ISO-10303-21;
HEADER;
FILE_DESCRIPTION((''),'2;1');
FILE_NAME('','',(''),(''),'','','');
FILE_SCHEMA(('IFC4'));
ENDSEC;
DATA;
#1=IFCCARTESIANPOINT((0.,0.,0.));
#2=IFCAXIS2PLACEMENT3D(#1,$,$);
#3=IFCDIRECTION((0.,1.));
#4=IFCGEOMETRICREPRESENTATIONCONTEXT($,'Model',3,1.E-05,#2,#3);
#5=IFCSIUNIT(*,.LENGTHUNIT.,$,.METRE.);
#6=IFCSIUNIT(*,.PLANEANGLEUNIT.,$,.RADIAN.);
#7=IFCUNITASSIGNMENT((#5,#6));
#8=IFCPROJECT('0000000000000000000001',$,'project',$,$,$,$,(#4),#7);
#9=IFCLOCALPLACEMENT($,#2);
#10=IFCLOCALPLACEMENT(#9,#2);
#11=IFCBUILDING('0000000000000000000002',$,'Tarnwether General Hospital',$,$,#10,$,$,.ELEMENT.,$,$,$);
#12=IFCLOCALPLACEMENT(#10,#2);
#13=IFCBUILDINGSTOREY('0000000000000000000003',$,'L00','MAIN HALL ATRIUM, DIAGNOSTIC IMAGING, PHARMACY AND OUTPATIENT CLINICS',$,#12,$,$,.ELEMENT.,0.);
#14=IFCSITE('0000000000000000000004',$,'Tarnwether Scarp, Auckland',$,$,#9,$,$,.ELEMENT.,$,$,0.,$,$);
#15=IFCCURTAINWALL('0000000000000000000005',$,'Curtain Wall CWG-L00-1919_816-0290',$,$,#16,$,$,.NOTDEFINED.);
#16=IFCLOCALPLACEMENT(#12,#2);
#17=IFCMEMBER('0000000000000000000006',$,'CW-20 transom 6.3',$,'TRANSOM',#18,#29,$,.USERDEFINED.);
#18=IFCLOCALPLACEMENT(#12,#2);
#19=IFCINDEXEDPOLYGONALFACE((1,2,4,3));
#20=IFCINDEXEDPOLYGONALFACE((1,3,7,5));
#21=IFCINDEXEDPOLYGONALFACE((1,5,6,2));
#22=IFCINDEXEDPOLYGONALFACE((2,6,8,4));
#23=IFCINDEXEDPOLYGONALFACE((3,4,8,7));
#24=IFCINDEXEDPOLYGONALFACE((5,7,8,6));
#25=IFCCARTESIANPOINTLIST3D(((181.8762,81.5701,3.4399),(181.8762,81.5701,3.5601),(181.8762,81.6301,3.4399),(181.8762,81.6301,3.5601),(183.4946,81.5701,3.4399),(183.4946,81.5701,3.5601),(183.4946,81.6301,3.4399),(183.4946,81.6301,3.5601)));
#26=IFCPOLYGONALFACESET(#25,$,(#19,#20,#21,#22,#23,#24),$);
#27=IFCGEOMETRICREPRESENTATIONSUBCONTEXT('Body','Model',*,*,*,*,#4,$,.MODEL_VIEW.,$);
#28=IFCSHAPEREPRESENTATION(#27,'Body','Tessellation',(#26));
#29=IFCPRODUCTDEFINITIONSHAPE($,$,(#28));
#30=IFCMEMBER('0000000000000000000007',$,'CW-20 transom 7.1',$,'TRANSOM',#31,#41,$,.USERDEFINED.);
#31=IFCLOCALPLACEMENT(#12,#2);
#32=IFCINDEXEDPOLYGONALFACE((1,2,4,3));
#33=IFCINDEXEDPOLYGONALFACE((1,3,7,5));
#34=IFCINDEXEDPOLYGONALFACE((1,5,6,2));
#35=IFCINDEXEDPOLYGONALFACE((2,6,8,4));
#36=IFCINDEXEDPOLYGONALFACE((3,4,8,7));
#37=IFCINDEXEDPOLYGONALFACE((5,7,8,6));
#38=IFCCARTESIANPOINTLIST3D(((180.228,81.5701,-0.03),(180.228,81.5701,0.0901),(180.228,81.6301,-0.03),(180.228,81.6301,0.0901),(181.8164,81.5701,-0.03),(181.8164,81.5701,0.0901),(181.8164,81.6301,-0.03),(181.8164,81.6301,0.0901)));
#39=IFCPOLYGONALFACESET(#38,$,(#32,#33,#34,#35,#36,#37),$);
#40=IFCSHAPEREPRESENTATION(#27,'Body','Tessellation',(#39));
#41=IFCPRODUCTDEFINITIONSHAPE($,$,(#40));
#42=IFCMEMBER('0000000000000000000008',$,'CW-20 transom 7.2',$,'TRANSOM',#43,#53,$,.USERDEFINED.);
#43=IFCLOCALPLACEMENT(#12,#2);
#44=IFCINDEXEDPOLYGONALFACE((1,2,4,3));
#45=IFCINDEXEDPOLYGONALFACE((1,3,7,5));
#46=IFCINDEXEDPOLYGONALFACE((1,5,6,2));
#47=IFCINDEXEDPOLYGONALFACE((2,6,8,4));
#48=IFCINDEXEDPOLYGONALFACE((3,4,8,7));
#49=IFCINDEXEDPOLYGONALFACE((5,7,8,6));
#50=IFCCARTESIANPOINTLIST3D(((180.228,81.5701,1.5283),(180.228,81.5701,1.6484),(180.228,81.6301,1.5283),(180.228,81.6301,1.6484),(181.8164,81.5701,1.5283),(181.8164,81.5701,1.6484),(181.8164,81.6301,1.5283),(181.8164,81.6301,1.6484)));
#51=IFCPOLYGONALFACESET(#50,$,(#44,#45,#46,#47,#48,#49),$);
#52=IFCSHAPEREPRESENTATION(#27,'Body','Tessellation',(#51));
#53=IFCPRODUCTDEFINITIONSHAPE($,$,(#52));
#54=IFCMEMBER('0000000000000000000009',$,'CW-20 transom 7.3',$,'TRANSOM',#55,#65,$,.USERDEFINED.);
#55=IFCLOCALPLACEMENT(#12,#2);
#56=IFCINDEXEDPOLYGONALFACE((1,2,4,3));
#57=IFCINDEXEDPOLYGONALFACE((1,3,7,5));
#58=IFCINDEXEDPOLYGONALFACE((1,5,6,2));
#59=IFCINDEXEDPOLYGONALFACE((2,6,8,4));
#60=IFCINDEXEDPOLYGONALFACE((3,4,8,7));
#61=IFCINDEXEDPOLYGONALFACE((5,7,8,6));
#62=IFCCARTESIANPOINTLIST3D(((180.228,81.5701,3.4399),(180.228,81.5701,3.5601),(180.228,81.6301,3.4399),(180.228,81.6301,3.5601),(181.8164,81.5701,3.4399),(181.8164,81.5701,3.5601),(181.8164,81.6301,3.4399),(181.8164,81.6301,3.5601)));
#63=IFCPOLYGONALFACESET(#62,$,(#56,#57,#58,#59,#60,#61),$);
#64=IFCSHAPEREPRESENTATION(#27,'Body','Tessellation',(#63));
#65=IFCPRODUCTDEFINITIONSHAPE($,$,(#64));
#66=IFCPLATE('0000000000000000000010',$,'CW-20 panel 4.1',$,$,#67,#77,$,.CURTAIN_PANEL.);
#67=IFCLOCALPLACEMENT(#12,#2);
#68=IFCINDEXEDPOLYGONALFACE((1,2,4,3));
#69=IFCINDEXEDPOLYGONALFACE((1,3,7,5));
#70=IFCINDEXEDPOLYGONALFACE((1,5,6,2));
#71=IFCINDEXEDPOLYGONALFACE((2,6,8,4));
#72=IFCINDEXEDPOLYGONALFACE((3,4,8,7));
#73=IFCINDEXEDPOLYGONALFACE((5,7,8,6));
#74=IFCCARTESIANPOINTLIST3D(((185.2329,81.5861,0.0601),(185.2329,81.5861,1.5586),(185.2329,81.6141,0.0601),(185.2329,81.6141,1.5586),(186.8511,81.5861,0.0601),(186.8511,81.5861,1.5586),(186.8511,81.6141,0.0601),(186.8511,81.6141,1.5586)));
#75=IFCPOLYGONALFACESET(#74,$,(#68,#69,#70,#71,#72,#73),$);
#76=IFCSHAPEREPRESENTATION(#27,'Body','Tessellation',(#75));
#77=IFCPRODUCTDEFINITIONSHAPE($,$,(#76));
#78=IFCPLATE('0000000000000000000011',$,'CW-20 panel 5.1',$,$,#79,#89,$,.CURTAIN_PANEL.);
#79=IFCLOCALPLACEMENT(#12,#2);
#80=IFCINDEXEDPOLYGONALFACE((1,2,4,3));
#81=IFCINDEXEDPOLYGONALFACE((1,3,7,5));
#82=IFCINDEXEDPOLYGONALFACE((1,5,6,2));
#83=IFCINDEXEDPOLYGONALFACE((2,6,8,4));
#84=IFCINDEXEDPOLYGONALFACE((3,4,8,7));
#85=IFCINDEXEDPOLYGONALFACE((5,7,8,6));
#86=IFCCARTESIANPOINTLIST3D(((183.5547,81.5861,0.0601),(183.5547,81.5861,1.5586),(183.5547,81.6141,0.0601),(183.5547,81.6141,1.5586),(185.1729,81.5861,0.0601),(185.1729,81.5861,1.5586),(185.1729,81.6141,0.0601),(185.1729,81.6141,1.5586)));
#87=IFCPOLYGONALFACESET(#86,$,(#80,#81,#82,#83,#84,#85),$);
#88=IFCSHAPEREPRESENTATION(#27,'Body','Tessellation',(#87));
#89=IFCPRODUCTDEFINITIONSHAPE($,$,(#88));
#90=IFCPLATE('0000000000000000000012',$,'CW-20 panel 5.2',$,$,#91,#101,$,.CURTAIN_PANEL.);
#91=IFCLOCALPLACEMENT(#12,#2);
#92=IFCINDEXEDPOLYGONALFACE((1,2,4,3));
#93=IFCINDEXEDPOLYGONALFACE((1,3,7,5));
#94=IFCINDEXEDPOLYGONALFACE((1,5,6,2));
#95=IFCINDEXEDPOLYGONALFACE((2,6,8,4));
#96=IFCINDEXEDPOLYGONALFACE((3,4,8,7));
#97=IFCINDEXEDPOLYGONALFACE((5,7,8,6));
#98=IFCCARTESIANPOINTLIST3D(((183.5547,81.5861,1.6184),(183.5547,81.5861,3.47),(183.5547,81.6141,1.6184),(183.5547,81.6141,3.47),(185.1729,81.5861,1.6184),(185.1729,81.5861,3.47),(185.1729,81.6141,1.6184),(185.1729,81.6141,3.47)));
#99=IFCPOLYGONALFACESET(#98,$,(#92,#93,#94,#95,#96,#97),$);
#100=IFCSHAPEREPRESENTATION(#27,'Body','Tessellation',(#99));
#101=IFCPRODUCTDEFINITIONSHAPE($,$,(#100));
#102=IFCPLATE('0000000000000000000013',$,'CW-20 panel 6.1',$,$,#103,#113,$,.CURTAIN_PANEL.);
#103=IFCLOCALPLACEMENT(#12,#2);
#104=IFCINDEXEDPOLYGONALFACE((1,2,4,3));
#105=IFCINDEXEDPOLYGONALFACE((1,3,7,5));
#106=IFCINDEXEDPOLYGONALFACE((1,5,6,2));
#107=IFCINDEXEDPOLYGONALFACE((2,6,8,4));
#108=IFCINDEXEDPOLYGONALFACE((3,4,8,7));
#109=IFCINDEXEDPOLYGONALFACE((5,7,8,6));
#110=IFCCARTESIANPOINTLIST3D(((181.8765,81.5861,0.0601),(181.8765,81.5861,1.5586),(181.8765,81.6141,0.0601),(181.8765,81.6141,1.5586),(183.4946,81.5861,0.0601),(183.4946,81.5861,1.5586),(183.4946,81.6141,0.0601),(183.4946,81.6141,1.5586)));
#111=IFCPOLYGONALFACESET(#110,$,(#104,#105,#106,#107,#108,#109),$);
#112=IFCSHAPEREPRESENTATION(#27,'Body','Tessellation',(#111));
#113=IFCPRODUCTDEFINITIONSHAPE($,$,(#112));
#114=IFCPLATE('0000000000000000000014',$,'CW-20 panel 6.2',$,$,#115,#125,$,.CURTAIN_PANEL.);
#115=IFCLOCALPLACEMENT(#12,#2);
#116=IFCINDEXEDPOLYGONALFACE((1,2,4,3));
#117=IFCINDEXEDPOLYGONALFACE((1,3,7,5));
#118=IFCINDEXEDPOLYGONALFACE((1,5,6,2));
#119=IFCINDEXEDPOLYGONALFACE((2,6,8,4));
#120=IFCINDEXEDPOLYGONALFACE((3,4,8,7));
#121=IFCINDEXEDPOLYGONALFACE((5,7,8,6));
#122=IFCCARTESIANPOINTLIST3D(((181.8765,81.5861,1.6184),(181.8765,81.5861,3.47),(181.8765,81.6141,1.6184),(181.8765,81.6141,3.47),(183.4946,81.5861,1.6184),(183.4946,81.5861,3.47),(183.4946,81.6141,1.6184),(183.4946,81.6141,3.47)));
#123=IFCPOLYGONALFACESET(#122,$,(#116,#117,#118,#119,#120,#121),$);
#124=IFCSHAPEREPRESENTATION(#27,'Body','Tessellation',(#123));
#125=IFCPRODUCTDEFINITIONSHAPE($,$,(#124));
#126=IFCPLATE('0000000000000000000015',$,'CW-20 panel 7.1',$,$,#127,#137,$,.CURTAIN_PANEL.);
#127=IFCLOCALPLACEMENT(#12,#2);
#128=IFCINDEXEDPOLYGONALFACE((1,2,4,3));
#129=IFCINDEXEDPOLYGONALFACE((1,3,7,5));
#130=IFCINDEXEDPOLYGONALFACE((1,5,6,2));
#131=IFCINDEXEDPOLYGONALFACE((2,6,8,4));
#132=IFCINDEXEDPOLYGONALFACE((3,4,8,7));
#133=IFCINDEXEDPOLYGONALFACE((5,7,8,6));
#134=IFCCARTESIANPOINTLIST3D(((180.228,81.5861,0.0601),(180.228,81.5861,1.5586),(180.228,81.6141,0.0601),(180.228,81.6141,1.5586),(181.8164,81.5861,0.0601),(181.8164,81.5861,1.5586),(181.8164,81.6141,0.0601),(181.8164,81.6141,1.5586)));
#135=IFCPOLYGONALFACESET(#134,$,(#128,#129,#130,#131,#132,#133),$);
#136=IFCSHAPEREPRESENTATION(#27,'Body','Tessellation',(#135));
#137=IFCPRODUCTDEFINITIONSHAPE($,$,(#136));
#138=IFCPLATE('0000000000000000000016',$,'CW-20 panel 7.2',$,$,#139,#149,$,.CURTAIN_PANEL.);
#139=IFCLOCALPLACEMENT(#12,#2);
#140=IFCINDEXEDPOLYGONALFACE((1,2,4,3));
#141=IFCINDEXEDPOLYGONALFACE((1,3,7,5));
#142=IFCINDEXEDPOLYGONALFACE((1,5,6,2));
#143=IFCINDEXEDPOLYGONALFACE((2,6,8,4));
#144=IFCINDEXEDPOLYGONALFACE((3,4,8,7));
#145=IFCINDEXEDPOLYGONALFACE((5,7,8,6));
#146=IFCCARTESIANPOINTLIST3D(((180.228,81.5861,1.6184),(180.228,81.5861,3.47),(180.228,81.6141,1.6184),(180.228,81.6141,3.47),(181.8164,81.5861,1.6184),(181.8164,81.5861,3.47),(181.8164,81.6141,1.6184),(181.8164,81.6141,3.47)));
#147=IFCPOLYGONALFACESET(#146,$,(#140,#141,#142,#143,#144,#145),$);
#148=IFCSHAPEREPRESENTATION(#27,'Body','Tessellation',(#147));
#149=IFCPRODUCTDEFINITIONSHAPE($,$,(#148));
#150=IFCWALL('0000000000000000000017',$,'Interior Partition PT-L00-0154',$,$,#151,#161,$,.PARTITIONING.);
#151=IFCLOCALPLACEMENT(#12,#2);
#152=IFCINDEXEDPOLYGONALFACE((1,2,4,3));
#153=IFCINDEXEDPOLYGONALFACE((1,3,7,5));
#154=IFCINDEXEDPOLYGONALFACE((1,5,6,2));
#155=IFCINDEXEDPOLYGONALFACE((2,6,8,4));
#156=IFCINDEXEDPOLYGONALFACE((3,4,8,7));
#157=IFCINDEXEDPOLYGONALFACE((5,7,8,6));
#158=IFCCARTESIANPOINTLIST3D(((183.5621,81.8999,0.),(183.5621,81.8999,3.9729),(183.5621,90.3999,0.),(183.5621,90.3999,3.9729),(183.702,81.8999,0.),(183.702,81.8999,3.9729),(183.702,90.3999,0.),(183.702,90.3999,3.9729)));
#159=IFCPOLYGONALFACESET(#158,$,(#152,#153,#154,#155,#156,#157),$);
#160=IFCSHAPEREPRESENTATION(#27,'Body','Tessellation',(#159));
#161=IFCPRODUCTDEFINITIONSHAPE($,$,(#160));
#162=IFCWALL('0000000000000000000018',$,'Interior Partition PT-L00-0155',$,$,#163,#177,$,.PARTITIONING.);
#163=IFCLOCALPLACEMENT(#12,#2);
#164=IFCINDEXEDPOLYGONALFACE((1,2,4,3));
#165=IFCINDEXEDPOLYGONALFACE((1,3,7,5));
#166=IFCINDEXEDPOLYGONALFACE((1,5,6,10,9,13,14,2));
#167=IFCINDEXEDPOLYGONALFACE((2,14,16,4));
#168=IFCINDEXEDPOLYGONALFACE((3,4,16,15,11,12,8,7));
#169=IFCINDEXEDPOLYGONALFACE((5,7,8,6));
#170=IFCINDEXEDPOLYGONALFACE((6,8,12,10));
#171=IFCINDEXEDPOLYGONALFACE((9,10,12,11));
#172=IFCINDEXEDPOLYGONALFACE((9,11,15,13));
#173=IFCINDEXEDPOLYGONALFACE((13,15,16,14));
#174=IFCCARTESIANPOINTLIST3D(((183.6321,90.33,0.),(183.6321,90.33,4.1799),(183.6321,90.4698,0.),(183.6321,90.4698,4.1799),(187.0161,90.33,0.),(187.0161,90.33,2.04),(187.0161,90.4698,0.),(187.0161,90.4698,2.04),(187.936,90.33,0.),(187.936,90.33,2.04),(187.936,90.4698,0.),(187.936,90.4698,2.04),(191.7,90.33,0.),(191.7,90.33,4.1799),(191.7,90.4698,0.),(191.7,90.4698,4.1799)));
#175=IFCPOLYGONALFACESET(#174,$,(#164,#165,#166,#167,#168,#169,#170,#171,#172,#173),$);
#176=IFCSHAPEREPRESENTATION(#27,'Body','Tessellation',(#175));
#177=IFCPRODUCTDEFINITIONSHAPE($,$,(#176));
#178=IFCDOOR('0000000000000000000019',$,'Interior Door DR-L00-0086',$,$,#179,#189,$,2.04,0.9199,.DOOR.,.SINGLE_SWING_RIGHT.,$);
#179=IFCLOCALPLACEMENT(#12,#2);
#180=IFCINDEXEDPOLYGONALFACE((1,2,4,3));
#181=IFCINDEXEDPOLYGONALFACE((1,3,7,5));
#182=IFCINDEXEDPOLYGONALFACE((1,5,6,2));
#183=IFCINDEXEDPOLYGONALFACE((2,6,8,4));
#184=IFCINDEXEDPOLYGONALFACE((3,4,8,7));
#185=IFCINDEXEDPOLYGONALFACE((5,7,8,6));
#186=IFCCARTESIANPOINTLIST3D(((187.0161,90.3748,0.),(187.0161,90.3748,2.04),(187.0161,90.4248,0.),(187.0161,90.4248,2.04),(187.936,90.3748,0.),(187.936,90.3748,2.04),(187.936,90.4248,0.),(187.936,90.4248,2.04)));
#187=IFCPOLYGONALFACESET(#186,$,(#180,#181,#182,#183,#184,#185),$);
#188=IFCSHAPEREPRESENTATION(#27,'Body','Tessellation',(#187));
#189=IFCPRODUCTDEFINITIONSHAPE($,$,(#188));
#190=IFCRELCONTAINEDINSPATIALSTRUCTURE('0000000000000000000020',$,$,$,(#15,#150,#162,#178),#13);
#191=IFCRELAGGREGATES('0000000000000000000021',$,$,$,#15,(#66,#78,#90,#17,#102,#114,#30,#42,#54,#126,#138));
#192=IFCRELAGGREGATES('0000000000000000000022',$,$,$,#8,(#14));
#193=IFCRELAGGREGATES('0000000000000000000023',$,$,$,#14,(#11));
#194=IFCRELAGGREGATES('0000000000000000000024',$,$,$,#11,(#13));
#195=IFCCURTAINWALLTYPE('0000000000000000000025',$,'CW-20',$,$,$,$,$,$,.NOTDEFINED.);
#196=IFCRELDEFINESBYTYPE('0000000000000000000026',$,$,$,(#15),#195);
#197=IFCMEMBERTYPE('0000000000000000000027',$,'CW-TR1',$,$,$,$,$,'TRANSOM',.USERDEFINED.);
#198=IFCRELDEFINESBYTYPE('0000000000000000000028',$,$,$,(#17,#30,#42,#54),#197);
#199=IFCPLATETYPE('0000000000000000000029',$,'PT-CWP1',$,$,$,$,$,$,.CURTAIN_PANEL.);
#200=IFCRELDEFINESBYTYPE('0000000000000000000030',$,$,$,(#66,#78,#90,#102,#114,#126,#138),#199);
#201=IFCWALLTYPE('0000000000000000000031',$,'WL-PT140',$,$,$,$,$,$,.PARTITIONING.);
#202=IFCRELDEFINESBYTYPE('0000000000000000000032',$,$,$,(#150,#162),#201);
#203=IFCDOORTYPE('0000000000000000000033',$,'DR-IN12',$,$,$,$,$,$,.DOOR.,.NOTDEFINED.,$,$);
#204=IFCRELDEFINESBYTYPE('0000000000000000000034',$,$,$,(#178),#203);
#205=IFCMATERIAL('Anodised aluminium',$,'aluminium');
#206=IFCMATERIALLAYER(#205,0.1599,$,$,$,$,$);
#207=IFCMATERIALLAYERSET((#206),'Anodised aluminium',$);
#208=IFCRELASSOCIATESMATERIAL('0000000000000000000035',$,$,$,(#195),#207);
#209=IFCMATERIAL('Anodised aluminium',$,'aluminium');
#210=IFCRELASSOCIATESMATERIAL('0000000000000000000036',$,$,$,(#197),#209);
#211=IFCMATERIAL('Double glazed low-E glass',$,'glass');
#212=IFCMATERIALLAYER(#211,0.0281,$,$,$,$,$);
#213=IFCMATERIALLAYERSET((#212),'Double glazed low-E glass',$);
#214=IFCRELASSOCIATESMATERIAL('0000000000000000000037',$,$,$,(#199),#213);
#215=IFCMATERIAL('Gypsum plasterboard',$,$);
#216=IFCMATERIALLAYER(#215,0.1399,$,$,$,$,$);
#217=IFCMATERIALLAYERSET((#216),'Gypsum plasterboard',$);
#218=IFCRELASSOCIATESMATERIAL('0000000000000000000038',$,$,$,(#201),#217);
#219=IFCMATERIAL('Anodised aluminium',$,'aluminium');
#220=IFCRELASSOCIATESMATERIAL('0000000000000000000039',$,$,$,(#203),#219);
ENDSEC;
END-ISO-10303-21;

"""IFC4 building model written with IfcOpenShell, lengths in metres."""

from ifc_helpers import new_model, si_unit, direction, frame, frame_2d, origin, origin_2d, place, context, subcontext, project, spatial, rectangle, extrude, material, layer, layer_set, material_profile, profile_set, type_object, element, fill, aggregate, save


model = new_model("IFC4")

# Units and contexts
model_context = context("Model", 3, precision=1e-05, world=origin(), true_north=direction((0.0, 1.0)))
body_context = subcontext(model_context, "Body", "Model", "MODEL_VIEW")
ifc_project = project(units=[si_unit("LENGTHUNIT", "METRE"), si_unit("PLANEANGLEUNIT", "RADIAN")], contexts=[model_context])

# Site, building, storey
site_placement = place(None, origin())
site = spatial("IfcSite", under=ifc_project, at=site_placement, Name="Tarnwether Scarp, Auckland", CompositionType="ELEMENT", RefElevation=0.0)
building_placement = place(site_placement, origin())
building = spatial("IfcBuilding", under=site, at=building_placement, Name="Tarnwether General Hospital", CompositionType="ELEMENT")
storey_placement = place(building_placement, origin())
storey = spatial("IfcBuildingStorey", under=building, at=storey_placement, Name="L00", Description="MAIN HALL ATRIUM, DIAGNOSTIC IMAGING, PHARMACY AND OUTPATIENT CLINICS", CompositionType="ELEMENT", Elevation=0.0)

# Curtain wall, members, plates
ifc_material_1 = material(Name="Anodised aluminium", Category="aluminium")
ifc_layer_1 = layer(ifc_material_1, 0.1599)
ifc_layer_set_1 = layer_set([ifc_layer_1], Name="Anodised aluminium")
curtain_wall_type = type_object("IfcCurtainWallType", Name="CW-20", PredefinedType="NOTDEFINED", material=ifc_layer_set_1)
curtain_wall_placement = place(storey_placement, origin())
curtain_wall = element("IfcCurtainWall", 1, at=curtain_wall_placement, inside=storey, type_object=curtain_wall_type, Name="Curtain Wall CWG-L00-1919_816-0290", PredefinedType="NOTDEFINED")
ifc_material_2 = material(Name="Anodised aluminium", Category="aluminium")
ifc_material_profile_1 = material_profile(ifc_material_2, rectangle(XDim=0.0601, YDim=0.1201, at=origin_2d()), Name="ALU-TRN-60x120")
ifc_profile_set_1 = profile_set([ifc_material_profile_1], Name="Anodised aluminium")
member_type_1 = type_object("IfcMemberType", Name="CW-TR1", ElementType="TRANSOM", PredefinedType="USERDEFINED", material=ifc_profile_set_1)
member_1_placement = place(storey_placement, frame((183.4946, 81.6001, 3.5), z_axis=(-1.0, 0.0, 0.0), x_axis=(0.0, -1.0, 0.0)))
member_1 = element("IfcMember", 2, at=member_1_placement, type_object=member_type_1, Name="CW-20 transom 6.3", ObjectType="TRANSOM", PredefinedType="USERDEFINED", context=body_context, shape_type="SweptSolid", body=[
    extrude(rectangle(XDim=0.0601, YDim=0.1201, at=origin_2d()), origin(), (0.0, 0.0, 1.0), 1.6184),
])
member_2_placement = place(storey_placement, frame((181.8164, 81.6001, 0.03), z_axis=(-1.0, 0.0, 0.0), x_axis=(0.0, -1.0, 0.0)))
member_2 = element("IfcMember", 3, at=member_2_placement, type_object=member_type_1, Name="CW-20 transom 7.1", ObjectType="TRANSOM", PredefinedType="USERDEFINED", context=body_context, shape_type="SweptSolid", body=[
    extrude(rectangle(XDim=0.0601, YDim=0.1201, at=origin_2d()), origin(), (0.0, 0.0, 1.0), 1.5884),
])
member_3_placement = place(storey_placement, frame((181.8164, 81.6001, 1.5884), z_axis=(-1.0, 0.0, 0.0), x_axis=(0.0, -1.0, 0.0)))
member_3 = element("IfcMember", 4, at=member_3_placement, type_object=member_type_1, Name="CW-20 transom 7.2", ObjectType="TRANSOM", PredefinedType="USERDEFINED", context=body_context, shape_type="SweptSolid", body=[
    extrude(rectangle(XDim=0.0601, YDim=0.1201, at=origin_2d()), origin(), (0.0, 0.0, 1.0), 1.5884),
])
member_4_placement = place(storey_placement, frame((181.8164, 81.6001, 3.5), z_axis=(-1.0, 0.0, 0.0), x_axis=(0.0, -1.0, 0.0)))
member_4 = element("IfcMember", 5, at=member_4_placement, type_object=member_type_1, Name="CW-20 transom 7.3", ObjectType="TRANSOM", PredefinedType="USERDEFINED", context=body_context, shape_type="SweptSolid", body=[
    extrude(rectangle(XDim=0.0601, YDim=0.1201, at=origin_2d()), origin(), (0.0, 0.0, 1.0), 1.5884),
])
ifc_material_3 = material(Name="Double glazed low-E glass", Category="glass")
ifc_layer_2 = layer(ifc_material_3, 0.0281)
ifc_layer_set_2 = layer_set([ifc_layer_2], Name="Double glazed low-E glass")
plate_type = type_object("IfcPlateType", Name="PT-CWP1", PredefinedType="CURTAIN_PANEL", material=ifc_layer_set_2)
plate_1_placement = place(storey_placement, frame((186.042, 81.6001, 0.0601), z_axis=(0.0, 0.0, 1.0), x_axis=(-1.0, 0.0, 0.0)))
plate_1 = element("IfcPlate", 6, at=plate_1_placement, type_object=plate_type, Name="CW-20 panel 4.1", PredefinedType="CURTAIN_PANEL", context=body_context, shape_type="SweptSolid", body=[
    extrude(rectangle(XDim=1.6182, YDim=0.0281, at=origin_2d()), origin(), (0.0, 0.0, 1.0), 1.4985),
])
plate_2_placement = place(storey_placement, frame((184.3638, 81.6001, 0.0601), z_axis=(0.0, 0.0, 1.0), x_axis=(-1.0, 0.0, 0.0)))
plate_2 = element("IfcPlate", 7, at=plate_2_placement, type_object=plate_type, Name="CW-20 panel 5.1", PredefinedType="CURTAIN_PANEL", context=body_context, shape_type="SweptSolid", body=[
    extrude(rectangle(XDim=1.6182, YDim=0.0281, at=origin_2d()), origin(), (0.0, 0.0, 1.0), 1.4985),
])
plate_3_placement = place(storey_placement, frame((184.3638, 81.6001, 1.6184), z_axis=(0.0, 0.0, 1.0), x_axis=(-1.0, 0.0, 0.0)))
plate_3 = element("IfcPlate", 8, at=plate_3_placement, type_object=plate_type, Name="CW-20 panel 5.2", PredefinedType="CURTAIN_PANEL", context=body_context, shape_type="SweptSolid", body=[
    extrude(rectangle(XDim=1.6182, YDim=0.0281, at=origin_2d()), origin(), (0.0, 0.0, 1.0), 1.8516),
])
plate_4_placement = place(storey_placement, frame((182.6855, 81.6001, 0.0601), z_axis=(0.0, 0.0, 1.0), x_axis=(-1.0, 0.0, 0.0)))
plate_4 = element("IfcPlate", 9, at=plate_4_placement, type_object=plate_type, Name="CW-20 panel 6.1", PredefinedType="CURTAIN_PANEL", context=body_context, shape_type="SweptSolid", body=[
    extrude(rectangle(XDim=1.6182, YDim=0.0281, at=origin_2d()), origin(), (0.0, 0.0, 1.0), 1.4985),
])
plate_5_placement = place(storey_placement, frame((182.6855, 81.6001, 1.6184), z_axis=(0.0, 0.0, 1.0), x_axis=(-1.0, 0.0, 0.0)))
plate_5 = element("IfcPlate", 10, at=plate_5_placement, type_object=plate_type, Name="CW-20 panel 6.2", PredefinedType="CURTAIN_PANEL", context=body_context, shape_type="SweptSolid", body=[
    extrude(rectangle(XDim=1.6182, YDim=0.0281, at=origin_2d()), origin(), (0.0, 0.0, 1.0), 1.8516),
])
plate_6_placement = place(storey_placement, frame((181.0222, 81.6001, 0.0601), z_axis=(0.0, 0.0, 1.0), x_axis=(-1.0, 0.0, 0.0)))
plate_6 = element("IfcPlate", 11, at=plate_6_placement, type_object=plate_type, Name="CW-20 panel 7.1", PredefinedType="CURTAIN_PANEL", context=body_context, shape_type="SweptSolid", body=[
    extrude(rectangle(XDim=1.5884, YDim=0.0281, at=origin_2d()), origin(), (0.0, 0.0, 1.0), 1.4985),
])
plate_7_placement = place(storey_placement, frame((181.0222, 81.6001, 1.6184), z_axis=(0.0, 0.0, 1.0), x_axis=(-1.0, 0.0, 0.0)))
plate_7 = element("IfcPlate", 12, at=plate_7_placement, type_object=plate_type, Name="CW-20 panel 7.2", PredefinedType="CURTAIN_PANEL", context=body_context, shape_type="SweptSolid", body=[
    extrude(rectangle(XDim=1.5884, YDim=0.0281, at=origin_2d()), origin(), (0.0, 0.0, 1.0), 1.8516),
])
aggregate(curtain_wall, [plate_1, plate_2, plate_3, member_1, plate_4, plate_5, member_2, member_3, member_4, plate_6, plate_7])

# Wall
ifc_material_4 = material(Name="Gypsum plasterboard")
ifc_layer_3 = layer(ifc_material_4, 0.1399)
ifc_layer_set_3 = layer_set([ifc_layer_3], Name="Gypsum plasterboard")
wall_type = type_object("IfcWallType", Name="WL-PT140", PredefinedType="PARTITIONING", material=ifc_layer_set_3)
wall_1_placement = place(storey_placement, frame((183.6321, 81.8999, 0.0), z_axis=(0.0, 0.0, 1.0), x_axis=(0.0, 1.0, 0.0)))
element("IfcWall", 13, at=wall_1_placement, inside=storey, type_object=wall_type, Name="Interior Partition PT-L00-0154", PredefinedType="PARTITIONING", context=body_context, shape_type="SweptSolid", body=[
    extrude(rectangle(XDim=8.5, YDim=0.1399, at=frame_2d((4.25, 0.0))), origin(), (0.0, 0.0, 1.0), 3.9729),
])

# Wall, opening, door
wall_2_placement = place(storey_placement, frame((183.6321, 90.3999, 0.0), z_axis=(0.0, 0.0, 1.0), x_axis=(1.0, 0.0, 0.0)))
wall_2 = element("IfcWall", 14, at=wall_2_placement, inside=storey, type_object=wall_type, Name="Interior Partition PT-L00-0155", PredefinedType="PARTITIONING", context=body_context, shape_type="SweptSolid", body=[
    extrude(rectangle(XDim=8.0679, YDim=0.1399, at=frame_2d((4.0339, 0.0))), origin(), (0.0, 0.0, 1.0), 4.1799),
])
opening_placement = place(wall_2_placement, frame((3.384, 0.0, 0.0)))
opening = element("IfcOpeningElement", 15, at=opening_placement, cuts=wall_2, PredefinedType="OPENING", context=body_context, shape_type="SweptSolid", body=[
    extrude(rectangle(XDim=0.9199, YDim=2.04, at=frame_2d((0.46, 1.02))), frame((0.0, 0.0801, 0.0), z_axis=(0.0, -1.0, 0.0), x_axis=(1.0, 0.0, 0.0)), (0.0, 0.0, 1.0), 0.1599),
])
ifc_material_5 = material(Name="Anodised aluminium", Category="aluminium")
door_type = type_object("IfcDoorType", Name="DR-IN12", OperationType="NOTDEFINED", PredefinedType="DOOR", material=ifc_material_5)
door_placement = place(opening_placement, origin())
door = element("IfcDoor", 16, at=door_placement, inside=storey, type_object=door_type, Name="Interior Door DR-L00-0086", OperationType="SINGLE_SWING_RIGHT", OverallHeight=2.04, OverallWidth=0.9199, PredefinedType="DOOR", context=body_context, shape_type="SweptSolid", body=[
    extrude(rectangle(XDim=0.9199, YDim=2.04, at=frame_2d((0.46, 1.02))), frame((0.0, 0.0249, 0.0), z_axis=(0.0, -1.0, 0.0), x_axis=(1.0, 0.0, 0.0)), (0.0, 0.0, 1.0), 0.05),
])
fill(opening, door)

save(model, "model.ifc")
